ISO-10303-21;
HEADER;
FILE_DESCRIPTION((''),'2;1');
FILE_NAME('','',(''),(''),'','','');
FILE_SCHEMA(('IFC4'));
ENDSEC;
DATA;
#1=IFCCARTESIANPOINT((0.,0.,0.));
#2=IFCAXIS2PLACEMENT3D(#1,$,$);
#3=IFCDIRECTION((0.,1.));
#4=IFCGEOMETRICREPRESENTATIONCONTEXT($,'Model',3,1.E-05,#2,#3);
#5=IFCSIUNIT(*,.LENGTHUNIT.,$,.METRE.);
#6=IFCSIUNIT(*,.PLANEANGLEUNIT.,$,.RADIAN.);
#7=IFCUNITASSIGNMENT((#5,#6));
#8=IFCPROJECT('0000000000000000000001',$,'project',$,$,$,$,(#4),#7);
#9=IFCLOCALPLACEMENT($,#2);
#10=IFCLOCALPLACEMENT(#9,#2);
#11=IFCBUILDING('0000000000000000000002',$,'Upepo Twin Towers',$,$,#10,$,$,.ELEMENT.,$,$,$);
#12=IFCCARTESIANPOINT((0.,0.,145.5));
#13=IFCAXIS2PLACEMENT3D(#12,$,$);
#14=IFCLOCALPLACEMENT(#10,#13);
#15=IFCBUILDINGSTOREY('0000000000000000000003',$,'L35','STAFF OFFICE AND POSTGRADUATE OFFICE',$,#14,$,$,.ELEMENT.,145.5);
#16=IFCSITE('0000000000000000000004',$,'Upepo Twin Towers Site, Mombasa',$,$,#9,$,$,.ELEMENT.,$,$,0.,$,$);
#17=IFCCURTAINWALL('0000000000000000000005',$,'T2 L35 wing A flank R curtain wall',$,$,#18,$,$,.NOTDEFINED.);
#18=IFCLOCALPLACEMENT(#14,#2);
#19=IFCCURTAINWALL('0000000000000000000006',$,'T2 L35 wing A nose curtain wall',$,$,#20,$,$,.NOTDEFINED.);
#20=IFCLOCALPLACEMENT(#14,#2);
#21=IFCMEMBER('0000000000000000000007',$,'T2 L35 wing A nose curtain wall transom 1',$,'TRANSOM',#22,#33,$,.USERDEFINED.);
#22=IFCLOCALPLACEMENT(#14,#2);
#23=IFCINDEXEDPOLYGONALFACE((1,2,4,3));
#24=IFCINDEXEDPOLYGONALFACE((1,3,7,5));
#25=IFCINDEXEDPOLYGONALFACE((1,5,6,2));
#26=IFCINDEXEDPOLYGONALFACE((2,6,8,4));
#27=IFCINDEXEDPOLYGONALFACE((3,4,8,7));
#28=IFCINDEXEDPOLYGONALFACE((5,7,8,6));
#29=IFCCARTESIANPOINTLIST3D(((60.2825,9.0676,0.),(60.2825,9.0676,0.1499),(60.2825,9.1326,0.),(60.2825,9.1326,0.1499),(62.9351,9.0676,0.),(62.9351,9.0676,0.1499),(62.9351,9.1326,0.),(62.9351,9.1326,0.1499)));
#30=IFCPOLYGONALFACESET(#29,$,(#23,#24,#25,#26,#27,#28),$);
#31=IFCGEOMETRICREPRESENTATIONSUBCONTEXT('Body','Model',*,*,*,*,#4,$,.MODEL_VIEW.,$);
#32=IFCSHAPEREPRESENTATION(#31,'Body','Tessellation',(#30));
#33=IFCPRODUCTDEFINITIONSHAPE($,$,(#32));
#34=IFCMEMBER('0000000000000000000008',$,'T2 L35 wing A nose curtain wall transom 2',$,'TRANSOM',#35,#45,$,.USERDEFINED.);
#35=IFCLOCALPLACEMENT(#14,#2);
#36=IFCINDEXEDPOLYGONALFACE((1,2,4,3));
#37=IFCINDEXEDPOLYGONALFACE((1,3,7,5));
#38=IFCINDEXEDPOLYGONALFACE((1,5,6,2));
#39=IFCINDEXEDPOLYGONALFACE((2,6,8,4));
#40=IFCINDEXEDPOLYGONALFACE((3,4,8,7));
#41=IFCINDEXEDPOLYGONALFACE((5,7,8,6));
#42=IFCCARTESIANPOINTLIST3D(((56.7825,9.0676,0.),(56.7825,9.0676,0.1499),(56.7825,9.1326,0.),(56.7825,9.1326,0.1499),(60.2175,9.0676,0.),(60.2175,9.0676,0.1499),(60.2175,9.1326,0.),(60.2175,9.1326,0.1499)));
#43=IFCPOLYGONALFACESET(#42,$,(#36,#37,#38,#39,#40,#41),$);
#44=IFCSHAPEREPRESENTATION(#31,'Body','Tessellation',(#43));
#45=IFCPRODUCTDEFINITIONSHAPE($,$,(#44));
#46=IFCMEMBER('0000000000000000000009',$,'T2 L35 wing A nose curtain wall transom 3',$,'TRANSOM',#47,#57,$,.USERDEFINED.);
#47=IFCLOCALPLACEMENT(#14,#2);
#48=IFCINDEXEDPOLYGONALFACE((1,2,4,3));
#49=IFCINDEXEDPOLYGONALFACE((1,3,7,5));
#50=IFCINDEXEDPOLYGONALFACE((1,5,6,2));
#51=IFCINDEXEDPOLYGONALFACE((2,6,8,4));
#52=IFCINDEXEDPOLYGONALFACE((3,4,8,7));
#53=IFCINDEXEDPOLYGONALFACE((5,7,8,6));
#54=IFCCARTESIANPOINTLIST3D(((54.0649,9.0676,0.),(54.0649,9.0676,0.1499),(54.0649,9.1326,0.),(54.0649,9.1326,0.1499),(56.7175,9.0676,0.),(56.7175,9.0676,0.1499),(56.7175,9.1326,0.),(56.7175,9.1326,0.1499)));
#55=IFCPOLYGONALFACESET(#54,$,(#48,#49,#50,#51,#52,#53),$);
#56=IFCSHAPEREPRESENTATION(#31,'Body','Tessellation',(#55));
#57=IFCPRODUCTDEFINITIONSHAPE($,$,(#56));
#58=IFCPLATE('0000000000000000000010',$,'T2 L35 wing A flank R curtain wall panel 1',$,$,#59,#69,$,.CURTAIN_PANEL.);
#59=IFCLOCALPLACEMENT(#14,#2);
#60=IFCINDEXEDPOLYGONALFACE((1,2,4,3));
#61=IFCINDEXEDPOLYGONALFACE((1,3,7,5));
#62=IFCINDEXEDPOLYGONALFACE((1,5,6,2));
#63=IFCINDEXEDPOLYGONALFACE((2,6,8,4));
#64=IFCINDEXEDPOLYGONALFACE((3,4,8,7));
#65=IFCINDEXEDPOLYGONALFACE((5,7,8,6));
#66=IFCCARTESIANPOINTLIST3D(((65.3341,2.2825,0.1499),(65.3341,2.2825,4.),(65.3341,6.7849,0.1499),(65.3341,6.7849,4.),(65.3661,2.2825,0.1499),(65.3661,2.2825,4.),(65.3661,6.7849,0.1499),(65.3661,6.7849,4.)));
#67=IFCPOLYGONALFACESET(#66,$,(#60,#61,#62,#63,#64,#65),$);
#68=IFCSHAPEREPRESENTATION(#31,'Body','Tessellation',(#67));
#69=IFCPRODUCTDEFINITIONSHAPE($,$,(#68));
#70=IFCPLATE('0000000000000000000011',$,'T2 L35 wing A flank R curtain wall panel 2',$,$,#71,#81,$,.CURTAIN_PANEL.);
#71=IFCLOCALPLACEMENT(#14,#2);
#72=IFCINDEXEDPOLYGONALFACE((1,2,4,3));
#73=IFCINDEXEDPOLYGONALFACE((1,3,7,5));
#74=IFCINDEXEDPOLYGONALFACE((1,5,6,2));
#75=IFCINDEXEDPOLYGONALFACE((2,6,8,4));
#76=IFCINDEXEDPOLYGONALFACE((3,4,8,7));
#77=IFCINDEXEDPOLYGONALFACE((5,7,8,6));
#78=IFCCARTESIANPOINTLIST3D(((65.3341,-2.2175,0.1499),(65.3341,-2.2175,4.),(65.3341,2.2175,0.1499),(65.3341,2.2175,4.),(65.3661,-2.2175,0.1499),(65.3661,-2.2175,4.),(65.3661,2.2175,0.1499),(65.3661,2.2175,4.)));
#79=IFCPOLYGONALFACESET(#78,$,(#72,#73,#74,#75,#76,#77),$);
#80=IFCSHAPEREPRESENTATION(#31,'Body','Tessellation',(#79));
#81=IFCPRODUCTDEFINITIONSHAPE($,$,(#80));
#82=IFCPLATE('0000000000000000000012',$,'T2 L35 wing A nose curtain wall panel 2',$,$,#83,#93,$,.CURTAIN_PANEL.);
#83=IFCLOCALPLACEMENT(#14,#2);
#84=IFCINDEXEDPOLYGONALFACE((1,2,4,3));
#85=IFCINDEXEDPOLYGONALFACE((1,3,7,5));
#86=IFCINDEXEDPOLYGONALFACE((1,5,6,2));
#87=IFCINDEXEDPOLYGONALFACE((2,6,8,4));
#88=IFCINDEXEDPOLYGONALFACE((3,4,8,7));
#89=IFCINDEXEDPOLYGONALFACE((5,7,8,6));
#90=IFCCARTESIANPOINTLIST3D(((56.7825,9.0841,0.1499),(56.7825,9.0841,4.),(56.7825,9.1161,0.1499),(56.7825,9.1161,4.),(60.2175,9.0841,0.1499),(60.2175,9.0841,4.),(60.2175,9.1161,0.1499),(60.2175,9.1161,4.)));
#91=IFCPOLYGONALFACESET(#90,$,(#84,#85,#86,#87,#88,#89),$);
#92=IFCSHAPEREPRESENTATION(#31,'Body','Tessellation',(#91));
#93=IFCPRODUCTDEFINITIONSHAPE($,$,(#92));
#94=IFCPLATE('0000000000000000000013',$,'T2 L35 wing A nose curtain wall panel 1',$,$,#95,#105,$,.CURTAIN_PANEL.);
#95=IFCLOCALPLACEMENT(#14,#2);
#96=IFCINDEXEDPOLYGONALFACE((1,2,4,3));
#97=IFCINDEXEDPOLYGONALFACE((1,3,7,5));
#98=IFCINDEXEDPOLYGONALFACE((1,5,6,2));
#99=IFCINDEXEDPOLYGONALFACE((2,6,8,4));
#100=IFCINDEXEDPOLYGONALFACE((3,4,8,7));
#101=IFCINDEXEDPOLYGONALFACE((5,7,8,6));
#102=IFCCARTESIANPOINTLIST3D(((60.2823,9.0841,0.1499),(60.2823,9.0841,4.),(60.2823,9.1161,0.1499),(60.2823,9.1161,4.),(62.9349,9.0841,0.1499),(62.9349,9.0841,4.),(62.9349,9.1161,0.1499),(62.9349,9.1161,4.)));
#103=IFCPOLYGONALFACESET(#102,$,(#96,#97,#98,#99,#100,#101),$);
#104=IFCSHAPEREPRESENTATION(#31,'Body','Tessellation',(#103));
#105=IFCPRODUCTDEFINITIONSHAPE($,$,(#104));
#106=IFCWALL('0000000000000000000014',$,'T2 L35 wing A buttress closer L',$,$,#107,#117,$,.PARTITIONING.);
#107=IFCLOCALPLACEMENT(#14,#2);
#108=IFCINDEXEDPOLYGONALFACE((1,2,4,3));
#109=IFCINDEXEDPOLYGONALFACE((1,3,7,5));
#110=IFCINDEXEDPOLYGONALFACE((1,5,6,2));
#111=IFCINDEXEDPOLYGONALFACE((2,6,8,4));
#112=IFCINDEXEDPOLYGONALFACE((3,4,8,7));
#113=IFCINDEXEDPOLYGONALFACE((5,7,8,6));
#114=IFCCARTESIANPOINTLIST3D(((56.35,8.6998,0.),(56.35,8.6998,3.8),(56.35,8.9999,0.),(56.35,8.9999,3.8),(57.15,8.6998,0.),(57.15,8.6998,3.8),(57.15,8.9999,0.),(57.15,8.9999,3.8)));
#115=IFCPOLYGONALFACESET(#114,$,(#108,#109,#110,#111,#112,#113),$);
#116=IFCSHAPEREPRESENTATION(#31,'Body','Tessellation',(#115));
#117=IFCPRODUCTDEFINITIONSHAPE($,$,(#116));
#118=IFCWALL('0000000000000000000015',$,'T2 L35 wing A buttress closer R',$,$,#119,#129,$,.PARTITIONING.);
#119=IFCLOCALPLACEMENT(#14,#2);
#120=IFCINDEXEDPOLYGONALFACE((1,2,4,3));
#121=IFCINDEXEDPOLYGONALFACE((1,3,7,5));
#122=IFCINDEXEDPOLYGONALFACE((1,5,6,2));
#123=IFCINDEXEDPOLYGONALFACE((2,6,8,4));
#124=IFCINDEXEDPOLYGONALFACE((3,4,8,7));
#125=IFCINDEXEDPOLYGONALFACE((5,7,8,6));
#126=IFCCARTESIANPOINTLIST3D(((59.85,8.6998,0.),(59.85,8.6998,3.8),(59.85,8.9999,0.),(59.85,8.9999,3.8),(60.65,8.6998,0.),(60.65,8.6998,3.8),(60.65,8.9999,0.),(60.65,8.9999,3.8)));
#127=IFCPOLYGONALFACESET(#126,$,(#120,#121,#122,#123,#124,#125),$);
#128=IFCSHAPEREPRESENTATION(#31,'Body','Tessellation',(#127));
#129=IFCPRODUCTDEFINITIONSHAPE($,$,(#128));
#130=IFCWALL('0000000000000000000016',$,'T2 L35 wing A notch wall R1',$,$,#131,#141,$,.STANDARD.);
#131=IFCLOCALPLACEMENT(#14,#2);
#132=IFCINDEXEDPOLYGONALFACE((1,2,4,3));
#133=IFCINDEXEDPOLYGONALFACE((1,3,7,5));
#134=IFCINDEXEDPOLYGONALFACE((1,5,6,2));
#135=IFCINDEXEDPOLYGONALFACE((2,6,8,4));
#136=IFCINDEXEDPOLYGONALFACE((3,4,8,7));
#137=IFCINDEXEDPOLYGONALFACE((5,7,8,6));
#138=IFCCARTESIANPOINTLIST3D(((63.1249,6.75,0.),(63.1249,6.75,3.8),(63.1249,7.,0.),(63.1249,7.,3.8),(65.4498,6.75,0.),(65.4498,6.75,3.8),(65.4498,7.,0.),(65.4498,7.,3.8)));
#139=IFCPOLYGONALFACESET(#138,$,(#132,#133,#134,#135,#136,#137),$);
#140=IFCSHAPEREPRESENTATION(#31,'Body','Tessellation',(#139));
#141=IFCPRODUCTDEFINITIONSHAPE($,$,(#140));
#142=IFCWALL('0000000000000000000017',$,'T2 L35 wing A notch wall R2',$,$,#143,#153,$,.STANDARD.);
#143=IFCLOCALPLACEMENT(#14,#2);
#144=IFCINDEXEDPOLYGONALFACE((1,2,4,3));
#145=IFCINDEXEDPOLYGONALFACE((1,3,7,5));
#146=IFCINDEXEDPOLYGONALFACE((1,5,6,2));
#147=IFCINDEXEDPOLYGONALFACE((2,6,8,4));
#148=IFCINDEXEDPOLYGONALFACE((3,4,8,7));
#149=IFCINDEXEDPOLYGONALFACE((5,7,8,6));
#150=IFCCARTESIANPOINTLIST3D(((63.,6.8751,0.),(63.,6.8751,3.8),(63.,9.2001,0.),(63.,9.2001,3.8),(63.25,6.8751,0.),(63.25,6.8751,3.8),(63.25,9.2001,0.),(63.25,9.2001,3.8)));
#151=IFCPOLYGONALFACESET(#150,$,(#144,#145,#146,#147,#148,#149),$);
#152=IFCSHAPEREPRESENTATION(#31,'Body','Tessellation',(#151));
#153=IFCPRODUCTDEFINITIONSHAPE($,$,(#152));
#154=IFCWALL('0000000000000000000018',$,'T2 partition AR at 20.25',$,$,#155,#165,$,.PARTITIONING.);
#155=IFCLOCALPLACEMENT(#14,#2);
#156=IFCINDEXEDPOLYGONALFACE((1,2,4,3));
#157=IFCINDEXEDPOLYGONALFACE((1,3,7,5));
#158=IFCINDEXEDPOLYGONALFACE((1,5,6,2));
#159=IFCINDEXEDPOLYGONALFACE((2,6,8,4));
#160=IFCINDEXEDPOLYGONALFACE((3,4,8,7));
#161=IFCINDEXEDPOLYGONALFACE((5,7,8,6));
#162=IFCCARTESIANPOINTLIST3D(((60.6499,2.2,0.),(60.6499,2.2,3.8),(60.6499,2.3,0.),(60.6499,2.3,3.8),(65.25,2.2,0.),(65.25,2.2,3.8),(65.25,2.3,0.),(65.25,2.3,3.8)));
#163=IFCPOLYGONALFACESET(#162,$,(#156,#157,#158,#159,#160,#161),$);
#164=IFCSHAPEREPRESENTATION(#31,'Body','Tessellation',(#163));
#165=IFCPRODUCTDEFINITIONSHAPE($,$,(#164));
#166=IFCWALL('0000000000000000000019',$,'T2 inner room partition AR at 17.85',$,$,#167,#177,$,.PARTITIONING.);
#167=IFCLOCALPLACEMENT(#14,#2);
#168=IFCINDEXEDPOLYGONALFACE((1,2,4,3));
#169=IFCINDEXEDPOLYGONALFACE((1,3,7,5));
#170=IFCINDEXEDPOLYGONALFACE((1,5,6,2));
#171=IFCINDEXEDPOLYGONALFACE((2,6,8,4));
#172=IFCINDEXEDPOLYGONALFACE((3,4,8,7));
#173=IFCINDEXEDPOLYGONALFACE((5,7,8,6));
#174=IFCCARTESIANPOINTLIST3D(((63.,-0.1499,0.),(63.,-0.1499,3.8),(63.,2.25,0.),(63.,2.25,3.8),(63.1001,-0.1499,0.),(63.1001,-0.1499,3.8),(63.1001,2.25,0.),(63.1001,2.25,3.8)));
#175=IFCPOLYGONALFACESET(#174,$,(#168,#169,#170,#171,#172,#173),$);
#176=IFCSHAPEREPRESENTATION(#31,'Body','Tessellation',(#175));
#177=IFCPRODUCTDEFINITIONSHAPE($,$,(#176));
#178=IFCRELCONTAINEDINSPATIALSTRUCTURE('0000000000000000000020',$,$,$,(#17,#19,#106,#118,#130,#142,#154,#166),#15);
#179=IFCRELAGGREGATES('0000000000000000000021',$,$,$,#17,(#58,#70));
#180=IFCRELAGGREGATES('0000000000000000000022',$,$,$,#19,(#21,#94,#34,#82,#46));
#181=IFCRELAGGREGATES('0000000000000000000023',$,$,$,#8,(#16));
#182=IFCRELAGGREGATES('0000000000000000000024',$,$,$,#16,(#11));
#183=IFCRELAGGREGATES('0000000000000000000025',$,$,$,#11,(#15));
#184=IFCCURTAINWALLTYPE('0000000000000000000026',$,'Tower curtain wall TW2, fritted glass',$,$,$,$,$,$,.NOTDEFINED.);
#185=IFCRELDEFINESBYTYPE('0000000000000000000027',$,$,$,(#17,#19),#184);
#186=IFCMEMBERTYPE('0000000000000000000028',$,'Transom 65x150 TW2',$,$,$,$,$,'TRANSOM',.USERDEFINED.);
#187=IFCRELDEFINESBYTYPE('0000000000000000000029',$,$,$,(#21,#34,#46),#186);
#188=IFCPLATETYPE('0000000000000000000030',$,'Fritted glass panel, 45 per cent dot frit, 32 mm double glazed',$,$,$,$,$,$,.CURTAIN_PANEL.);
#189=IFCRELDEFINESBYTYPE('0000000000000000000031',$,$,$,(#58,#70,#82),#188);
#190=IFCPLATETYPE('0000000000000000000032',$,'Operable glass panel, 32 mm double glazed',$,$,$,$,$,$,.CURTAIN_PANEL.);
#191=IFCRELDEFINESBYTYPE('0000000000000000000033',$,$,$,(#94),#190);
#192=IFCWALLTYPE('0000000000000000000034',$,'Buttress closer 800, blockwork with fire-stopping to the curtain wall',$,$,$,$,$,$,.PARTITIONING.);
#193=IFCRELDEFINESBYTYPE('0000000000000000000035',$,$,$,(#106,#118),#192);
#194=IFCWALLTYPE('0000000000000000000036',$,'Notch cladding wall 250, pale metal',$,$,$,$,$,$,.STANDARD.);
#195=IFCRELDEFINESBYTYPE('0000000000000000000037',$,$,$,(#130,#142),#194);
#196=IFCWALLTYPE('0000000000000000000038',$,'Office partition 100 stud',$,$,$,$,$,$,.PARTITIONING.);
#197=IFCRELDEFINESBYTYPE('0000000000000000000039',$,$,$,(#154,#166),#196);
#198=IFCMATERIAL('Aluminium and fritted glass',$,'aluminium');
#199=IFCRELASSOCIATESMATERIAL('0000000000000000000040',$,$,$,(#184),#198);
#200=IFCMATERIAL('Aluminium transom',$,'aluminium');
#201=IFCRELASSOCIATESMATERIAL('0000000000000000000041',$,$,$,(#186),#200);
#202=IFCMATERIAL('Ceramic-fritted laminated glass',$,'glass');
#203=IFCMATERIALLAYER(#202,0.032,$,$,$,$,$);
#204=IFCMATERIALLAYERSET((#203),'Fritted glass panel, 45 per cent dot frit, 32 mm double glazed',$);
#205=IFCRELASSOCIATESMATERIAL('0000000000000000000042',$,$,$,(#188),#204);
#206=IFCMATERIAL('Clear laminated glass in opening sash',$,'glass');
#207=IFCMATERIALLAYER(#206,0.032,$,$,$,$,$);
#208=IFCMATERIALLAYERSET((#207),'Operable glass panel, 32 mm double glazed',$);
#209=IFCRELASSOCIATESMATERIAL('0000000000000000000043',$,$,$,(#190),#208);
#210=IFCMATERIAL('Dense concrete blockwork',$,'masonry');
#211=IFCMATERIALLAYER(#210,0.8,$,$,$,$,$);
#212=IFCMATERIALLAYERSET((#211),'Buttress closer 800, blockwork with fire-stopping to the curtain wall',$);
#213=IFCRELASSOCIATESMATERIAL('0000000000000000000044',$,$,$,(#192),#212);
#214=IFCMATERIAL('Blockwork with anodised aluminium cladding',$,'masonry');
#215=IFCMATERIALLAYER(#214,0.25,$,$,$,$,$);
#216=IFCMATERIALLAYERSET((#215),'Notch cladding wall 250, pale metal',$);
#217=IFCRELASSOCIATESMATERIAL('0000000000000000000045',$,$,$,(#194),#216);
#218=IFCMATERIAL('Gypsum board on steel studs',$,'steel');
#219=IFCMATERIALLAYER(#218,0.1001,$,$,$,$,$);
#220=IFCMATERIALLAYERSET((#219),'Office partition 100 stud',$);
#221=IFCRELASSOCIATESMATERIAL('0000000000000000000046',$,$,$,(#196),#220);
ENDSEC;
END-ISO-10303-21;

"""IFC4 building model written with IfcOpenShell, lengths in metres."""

from ifc_helpers import new_model, si_unit, direction, frame, frame_2d, origin, origin_2d, place, context, subcontext, project, spatial, rectangle, extrude, material, layer, layer_set, material_profile, profile_set, type_object, element, aggregate, save


model = new_model("IFC4")

# Units and contexts
model_context = context("Model", 3, precision=1e-05, world=origin(), true_north=direction((0.0, 1.0)))
body_context = subcontext(model_context, "Body", "Model", "MODEL_VIEW")
ifc_project = project(units=[si_unit("LENGTHUNIT", "METRE"), si_unit("PLANEANGLEUNIT", "RADIAN")], contexts=[model_context])

# Site, building, storey
site_placement = place(None, origin())
site = spatial("IfcSite", under=ifc_project, at=site_placement, Name="Upepo Twin Towers Site, Mombasa", CompositionType="ELEMENT", RefElevation=0.0)
building_placement = place(site_placement, origin())
building = spatial("IfcBuilding", under=site, at=building_placement, Name="Upepo Twin Towers", CompositionType="ELEMENT")
storey_placement = place(building_placement, frame((0.0, 0.0, 145.5)))
storey = spatial("IfcBuildingStorey", under=building, at=storey_placement, Name="L35", Description="STAFF OFFICE AND POSTGRADUATE OFFICE", CompositionType="ELEMENT", Elevation=145.5)

# Curtain walls
ifc_material_1 = material(Name="Aluminium and fritted glass", Category="aluminium")
curtain_wall_type = type_object("IfcCurtainWallType", Name="Tower curtain wall TW2, fritted glass", PredefinedType="NOTDEFINED", material=ifc_material_1)
curtain_wall_1_placement = place(storey_placement, origin())
curtain_wall_1 = element("IfcCurtainWall", 1, at=curtain_wall_1_placement, inside=storey, type_object=curtain_wall_type, Name="T2 L35 wing A flank R curtain wall", PredefinedType="NOTDEFINED")
curtain_wall_2_placement = place(storey_placement, origin())
curtain_wall_2 = element("IfcCurtainWall", 2, at=curtain_wall_2_placement, inside=storey, type_object=curtain_wall_type, Name="T2 L35 wing A nose curtain wall", PredefinedType="NOTDEFINED")

# Members
ifc_material_2 = material(Name="Aluminium transom", Category="aluminium")
ifc_material_profile_1 = material_profile(ifc_material_2, rectangle(XDim=0.0649, YDim=0.1499, at=origin_2d()), Name="TRANSOM 65x150")
ifc_profile_set_1 = profile_set([ifc_material_profile_1], Name="Aluminium transom")
member_type_1 = type_object("IfcMemberType", Name="Transom 65x150 TW2", ElementType="TRANSOM", PredefinedType="USERDEFINED", material=ifc_profile_set_1)
member_1_placement = place(storey_placement, frame((62.9351, 9.1001, 0.075), z_axis=(-1.0, 0.0, 0.0), x_axis=(0.0, -1.0, 0.0)))
member_1 = element("IfcMember", 3, at=member_1_placement, type_object=member_type_1, Name="T2 L35 wing A nose curtain wall transom 1", ObjectType="TRANSOM", PredefinedType="USERDEFINED", context=body_context, shape_type="SweptSolid", body=[
    extrude(rectangle(XDim=0.0649, YDim=0.1499, at=origin_2d()), origin(), (0.0, 0.0, 1.0), 2.6526),
])
member_2_placement = place(storey_placement, frame((60.2175, 9.1001, 0.075), z_axis=(-1.0, 0.0, 0.0), x_axis=(0.0, -1.0, 0.0)))
member_2 = element("IfcMember", 4, at=member_2_placement, type_object=member_type_1, Name="T2 L35 wing A nose curtain wall transom 2", ObjectType="TRANSOM", PredefinedType="USERDEFINED", context=body_context, shape_type="SweptSolid", body=[
    extrude(rectangle(XDim=0.0649, YDim=0.1499, at=origin_2d()), origin(), (0.0, 0.0, 1.0), 3.4351),
])
member_3_placement = place(storey_placement, frame((56.7175, 9.1001, 0.075), z_axis=(-1.0, 0.0, 0.0), x_axis=(0.0, -1.0, 0.0)))
member_3 = element("IfcMember", 5, at=member_3_placement, type_object=member_type_1, Name="T2 L35 wing A nose curtain wall transom 3", ObjectType="TRANSOM", PredefinedType="USERDEFINED", context=body_context, shape_type="SweptSolid", body=[
    extrude(rectangle(XDim=0.0649, YDim=0.1499, at=origin_2d()), origin(), (0.0, 0.0, 1.0), 2.6526),
])

# Plates
ifc_material_3 = material(Name="Ceramic-fritted laminated glass", Category="glass")
ifc_layer_1 = layer(ifc_material_3, 0.032)
ifc_layer_set_1 = layer_set([ifc_layer_1], Name="Fritted glass panel, 45 per cent dot frit, 32 mm double glazed")
plate_type_1 = type_object("IfcPlateType", Name="Fritted glass panel, 45 per cent dot frit, 32 mm double glazed", PredefinedType="CURTAIN_PANEL", material=ifc_layer_set_1)
plate_1_placement = place(storey_placement, frame((65.3501, 4.5337, 0.1499), z_axis=(0.0, 0.0, 1.0), x_axis=(0.0, -1.0, 0.0)))
plate_1 = element("IfcPlate", 6, at=plate_1_placement, type_object=plate_type_1, Name="T2 L35 wing A flank R curtain wall panel 1", PredefinedType="CURTAIN_PANEL", context=body_context, shape_type="SweptSolid", body=[
    extrude(rectangle(XDim=4.5024, YDim=0.032, at=origin_2d()), origin(), (0.0, 0.0, 1.0), 3.8501),
])
plate_2_placement = place(storey_placement, frame((65.3501, 0.0, 0.1499), z_axis=(0.0, 0.0, 1.0), x_axis=(0.0, -1.0, 0.0)))
plate_2 = element("IfcPlate", 7, at=plate_2_placement, type_object=plate_type_1, Name="T2 L35 wing A flank R curtain wall panel 2", PredefinedType="CURTAIN_PANEL", context=body_context, shape_type="SweptSolid", body=[
    extrude(rectangle(XDim=4.4351, YDim=0.032, at=origin_2d()), origin(), (0.0, 0.0, 1.0), 3.8501),
])
aggregate(curtain_wall_1, [plate_1, plate_2])
plate_3_placement = place(storey_placement, frame((58.5, 9.1001, 0.1499), z_axis=(0.0, 0.0, 1.0), x_axis=(-1.0, 0.0, 0.0)))
plate_3 = element("IfcPlate", 8, at=plate_3_placement, type_object=plate_type_1, Name="T2 L35 wing A nose curtain wall panel 2", PredefinedType="CURTAIN_PANEL", context=body_context, shape_type="SweptSolid", body=[
    extrude(rectangle(XDim=3.4351, YDim=0.032, at=origin_2d()), origin(), (0.0, 0.0, 1.0), 3.8501),
])
ifc_material_4 = material(Name="Clear laminated glass in opening sash", Category="glass")
ifc_layer_2 = layer(ifc_material_4, 0.032)
ifc_layer_set_2 = layer_set([ifc_layer_2], Name="Operable glass panel, 32 mm double glazed")
plate_type_2 = type_object("IfcPlateType", Name="Operable glass panel, 32 mm double glazed", PredefinedType="CURTAIN_PANEL", material=ifc_layer_set_2)
plate_4_placement = place(storey_placement, frame((61.6086, 9.1001, 0.1499), z_axis=(0.0, 0.0, 1.0), x_axis=(-1.0, 0.0, 0.0)))
plate_4 = element("IfcPlate", 9, at=plate_4_placement, type_object=plate_type_2, Name="T2 L35 wing A nose curtain wall panel 1", PredefinedType="CURTAIN_PANEL", context=body_context, shape_type="SweptSolid", body=[
    extrude(rectangle(XDim=2.6526, YDim=0.032, at=origin_2d()), origin(), (0.0, 0.0, 1.0), 3.8501),
])
aggregate(curtain_wall_2, [member_1, plate_4, member_2, plate_3, member_3])

# Walls
ifc_material_5 = material(Name="Dense concrete blockwork", Category="masonry")
ifc_layer_3 = layer(ifc_material_5, 0.8)
ifc_layer_set_3 = layer_set([ifc_layer_3], Name="Buttress closer 800, blockwork with fire-stopping to the curtain wall")
wall_type_1 = type_object("IfcWallType", Name="Buttress closer 800, blockwork with fire-stopping to the curtain wall", PredefinedType="PARTITIONING", material=ifc_layer_set_3)
for number, where, z_axis, x_axis, name in (
    (10, (56.75, 8.7, 0.0), (0.0, 0.0, 1.0), (0.0, 1.0, 0.0), "T2 L35 wing A buttress closer L"),
    (11, (60.25, 8.7, 0.0), (0.0, 0.0, 1.0), (0.0, 1.0, 0.0), "T2 L35 wing A buttress closer R"),
):
    element("IfcWall", number, at=place(storey_placement, frame(where, z_axis=z_axis, x_axis=x_axis)), inside=storey, type_object=wall_type_1, Name=name, PredefinedType="PARTITIONING", context=body_context, shape_type="SweptSolid", body=[
        extrude(rectangle(XDim=0.3, YDim=0.8, at=frame_2d((0.1499, 0.0))), origin(), (0.0, 0.0, 1.0), 3.8),
    ])
ifc_material_6 = material(Name="Blockwork with anodised aluminium cladding", Category="masonry")
ifc_layer_4 = layer(ifc_material_6, 0.25)
ifc_layer_set_4 = layer_set([ifc_layer_4], Name="Notch cladding wall 250, pale metal")
wall_type_2 = type_object("IfcWallType", Name="Notch cladding wall 250, pale metal", PredefinedType="STANDARD", material=ifc_layer_set_4)
for number, where, z_axis, x_axis, name in (
    (12, (65.45, 6.875, 0.0), (0.0, 0.0, 1.0), (-1.0, 0.0, 0.0), "T2 L35 wing A notch wall R1"),
    (13, (63.125, 6.875, 0.0), (0.0, 0.0, 1.0), (0.0, 1.0, 0.0), "T2 L35 wing A notch wall R2"),
):
    element("IfcWall", number, at=place(storey_placement, frame(where, z_axis=z_axis, x_axis=x_axis)), inside=storey, type_object=wall_type_2, Name=name, PredefinedType="STANDARD", context=body_context, shape_type="SweptSolid", body=[
        extrude(rectangle(XDim=2.325, YDim=0.25, at=frame_2d((1.1626, 0.0))), origin(), (0.0, 0.0, 1.0), 3.8),
    ])
ifc_material_7 = material(Name="Gypsum board on steel studs", Category="steel")
ifc_layer_5 = layer(ifc_material_7, 0.1001)
ifc_layer_set_5 = layer_set([ifc_layer_5], Name="Office partition 100 stud")
wall_type_3 = type_object("IfcWallType", Name="Office partition 100 stud", PredefinedType="PARTITIONING", material=ifc_layer_set_5)
wall_1_placement = place(storey_placement, frame((60.6499, 2.25, 0.0), z_axis=(0.0, 0.0, 1.0), x_axis=(1.0, 0.0, 0.0)))
element("IfcWall", 14, at=wall_1_placement, inside=storey, type_object=wall_type_3, Name="T2 partition AR at 20.25", PredefinedType="PARTITIONING", context=body_context, shape_type="SweptSolid", body=[
    extrude(rectangle(XDim=4.6001, YDim=0.1001, at=frame_2d((2.3, 0.0))), origin(), (0.0, 0.0, 1.0), 3.8),
])
wall_2_placement = place(storey_placement, frame((63.05, -0.1499, 0.0), z_axis=(0.0, 0.0, 1.0), x_axis=(0.0, 1.0, 0.0)))
element("IfcWall", 15, at=wall_2_placement, inside=storey, type_object=wall_type_3, Name="T2 inner room partition AR at 17.85", PredefinedType="PARTITIONING", context=body_context, shape_type="SweptSolid", body=[
    extrude(rectangle(XDim=2.3999, YDim=0.1001, at=frame_2d((1.2, 0.0))), origin(), (0.0, 0.0, 1.0), 3.8),
])

save(model, "model.ifc")
